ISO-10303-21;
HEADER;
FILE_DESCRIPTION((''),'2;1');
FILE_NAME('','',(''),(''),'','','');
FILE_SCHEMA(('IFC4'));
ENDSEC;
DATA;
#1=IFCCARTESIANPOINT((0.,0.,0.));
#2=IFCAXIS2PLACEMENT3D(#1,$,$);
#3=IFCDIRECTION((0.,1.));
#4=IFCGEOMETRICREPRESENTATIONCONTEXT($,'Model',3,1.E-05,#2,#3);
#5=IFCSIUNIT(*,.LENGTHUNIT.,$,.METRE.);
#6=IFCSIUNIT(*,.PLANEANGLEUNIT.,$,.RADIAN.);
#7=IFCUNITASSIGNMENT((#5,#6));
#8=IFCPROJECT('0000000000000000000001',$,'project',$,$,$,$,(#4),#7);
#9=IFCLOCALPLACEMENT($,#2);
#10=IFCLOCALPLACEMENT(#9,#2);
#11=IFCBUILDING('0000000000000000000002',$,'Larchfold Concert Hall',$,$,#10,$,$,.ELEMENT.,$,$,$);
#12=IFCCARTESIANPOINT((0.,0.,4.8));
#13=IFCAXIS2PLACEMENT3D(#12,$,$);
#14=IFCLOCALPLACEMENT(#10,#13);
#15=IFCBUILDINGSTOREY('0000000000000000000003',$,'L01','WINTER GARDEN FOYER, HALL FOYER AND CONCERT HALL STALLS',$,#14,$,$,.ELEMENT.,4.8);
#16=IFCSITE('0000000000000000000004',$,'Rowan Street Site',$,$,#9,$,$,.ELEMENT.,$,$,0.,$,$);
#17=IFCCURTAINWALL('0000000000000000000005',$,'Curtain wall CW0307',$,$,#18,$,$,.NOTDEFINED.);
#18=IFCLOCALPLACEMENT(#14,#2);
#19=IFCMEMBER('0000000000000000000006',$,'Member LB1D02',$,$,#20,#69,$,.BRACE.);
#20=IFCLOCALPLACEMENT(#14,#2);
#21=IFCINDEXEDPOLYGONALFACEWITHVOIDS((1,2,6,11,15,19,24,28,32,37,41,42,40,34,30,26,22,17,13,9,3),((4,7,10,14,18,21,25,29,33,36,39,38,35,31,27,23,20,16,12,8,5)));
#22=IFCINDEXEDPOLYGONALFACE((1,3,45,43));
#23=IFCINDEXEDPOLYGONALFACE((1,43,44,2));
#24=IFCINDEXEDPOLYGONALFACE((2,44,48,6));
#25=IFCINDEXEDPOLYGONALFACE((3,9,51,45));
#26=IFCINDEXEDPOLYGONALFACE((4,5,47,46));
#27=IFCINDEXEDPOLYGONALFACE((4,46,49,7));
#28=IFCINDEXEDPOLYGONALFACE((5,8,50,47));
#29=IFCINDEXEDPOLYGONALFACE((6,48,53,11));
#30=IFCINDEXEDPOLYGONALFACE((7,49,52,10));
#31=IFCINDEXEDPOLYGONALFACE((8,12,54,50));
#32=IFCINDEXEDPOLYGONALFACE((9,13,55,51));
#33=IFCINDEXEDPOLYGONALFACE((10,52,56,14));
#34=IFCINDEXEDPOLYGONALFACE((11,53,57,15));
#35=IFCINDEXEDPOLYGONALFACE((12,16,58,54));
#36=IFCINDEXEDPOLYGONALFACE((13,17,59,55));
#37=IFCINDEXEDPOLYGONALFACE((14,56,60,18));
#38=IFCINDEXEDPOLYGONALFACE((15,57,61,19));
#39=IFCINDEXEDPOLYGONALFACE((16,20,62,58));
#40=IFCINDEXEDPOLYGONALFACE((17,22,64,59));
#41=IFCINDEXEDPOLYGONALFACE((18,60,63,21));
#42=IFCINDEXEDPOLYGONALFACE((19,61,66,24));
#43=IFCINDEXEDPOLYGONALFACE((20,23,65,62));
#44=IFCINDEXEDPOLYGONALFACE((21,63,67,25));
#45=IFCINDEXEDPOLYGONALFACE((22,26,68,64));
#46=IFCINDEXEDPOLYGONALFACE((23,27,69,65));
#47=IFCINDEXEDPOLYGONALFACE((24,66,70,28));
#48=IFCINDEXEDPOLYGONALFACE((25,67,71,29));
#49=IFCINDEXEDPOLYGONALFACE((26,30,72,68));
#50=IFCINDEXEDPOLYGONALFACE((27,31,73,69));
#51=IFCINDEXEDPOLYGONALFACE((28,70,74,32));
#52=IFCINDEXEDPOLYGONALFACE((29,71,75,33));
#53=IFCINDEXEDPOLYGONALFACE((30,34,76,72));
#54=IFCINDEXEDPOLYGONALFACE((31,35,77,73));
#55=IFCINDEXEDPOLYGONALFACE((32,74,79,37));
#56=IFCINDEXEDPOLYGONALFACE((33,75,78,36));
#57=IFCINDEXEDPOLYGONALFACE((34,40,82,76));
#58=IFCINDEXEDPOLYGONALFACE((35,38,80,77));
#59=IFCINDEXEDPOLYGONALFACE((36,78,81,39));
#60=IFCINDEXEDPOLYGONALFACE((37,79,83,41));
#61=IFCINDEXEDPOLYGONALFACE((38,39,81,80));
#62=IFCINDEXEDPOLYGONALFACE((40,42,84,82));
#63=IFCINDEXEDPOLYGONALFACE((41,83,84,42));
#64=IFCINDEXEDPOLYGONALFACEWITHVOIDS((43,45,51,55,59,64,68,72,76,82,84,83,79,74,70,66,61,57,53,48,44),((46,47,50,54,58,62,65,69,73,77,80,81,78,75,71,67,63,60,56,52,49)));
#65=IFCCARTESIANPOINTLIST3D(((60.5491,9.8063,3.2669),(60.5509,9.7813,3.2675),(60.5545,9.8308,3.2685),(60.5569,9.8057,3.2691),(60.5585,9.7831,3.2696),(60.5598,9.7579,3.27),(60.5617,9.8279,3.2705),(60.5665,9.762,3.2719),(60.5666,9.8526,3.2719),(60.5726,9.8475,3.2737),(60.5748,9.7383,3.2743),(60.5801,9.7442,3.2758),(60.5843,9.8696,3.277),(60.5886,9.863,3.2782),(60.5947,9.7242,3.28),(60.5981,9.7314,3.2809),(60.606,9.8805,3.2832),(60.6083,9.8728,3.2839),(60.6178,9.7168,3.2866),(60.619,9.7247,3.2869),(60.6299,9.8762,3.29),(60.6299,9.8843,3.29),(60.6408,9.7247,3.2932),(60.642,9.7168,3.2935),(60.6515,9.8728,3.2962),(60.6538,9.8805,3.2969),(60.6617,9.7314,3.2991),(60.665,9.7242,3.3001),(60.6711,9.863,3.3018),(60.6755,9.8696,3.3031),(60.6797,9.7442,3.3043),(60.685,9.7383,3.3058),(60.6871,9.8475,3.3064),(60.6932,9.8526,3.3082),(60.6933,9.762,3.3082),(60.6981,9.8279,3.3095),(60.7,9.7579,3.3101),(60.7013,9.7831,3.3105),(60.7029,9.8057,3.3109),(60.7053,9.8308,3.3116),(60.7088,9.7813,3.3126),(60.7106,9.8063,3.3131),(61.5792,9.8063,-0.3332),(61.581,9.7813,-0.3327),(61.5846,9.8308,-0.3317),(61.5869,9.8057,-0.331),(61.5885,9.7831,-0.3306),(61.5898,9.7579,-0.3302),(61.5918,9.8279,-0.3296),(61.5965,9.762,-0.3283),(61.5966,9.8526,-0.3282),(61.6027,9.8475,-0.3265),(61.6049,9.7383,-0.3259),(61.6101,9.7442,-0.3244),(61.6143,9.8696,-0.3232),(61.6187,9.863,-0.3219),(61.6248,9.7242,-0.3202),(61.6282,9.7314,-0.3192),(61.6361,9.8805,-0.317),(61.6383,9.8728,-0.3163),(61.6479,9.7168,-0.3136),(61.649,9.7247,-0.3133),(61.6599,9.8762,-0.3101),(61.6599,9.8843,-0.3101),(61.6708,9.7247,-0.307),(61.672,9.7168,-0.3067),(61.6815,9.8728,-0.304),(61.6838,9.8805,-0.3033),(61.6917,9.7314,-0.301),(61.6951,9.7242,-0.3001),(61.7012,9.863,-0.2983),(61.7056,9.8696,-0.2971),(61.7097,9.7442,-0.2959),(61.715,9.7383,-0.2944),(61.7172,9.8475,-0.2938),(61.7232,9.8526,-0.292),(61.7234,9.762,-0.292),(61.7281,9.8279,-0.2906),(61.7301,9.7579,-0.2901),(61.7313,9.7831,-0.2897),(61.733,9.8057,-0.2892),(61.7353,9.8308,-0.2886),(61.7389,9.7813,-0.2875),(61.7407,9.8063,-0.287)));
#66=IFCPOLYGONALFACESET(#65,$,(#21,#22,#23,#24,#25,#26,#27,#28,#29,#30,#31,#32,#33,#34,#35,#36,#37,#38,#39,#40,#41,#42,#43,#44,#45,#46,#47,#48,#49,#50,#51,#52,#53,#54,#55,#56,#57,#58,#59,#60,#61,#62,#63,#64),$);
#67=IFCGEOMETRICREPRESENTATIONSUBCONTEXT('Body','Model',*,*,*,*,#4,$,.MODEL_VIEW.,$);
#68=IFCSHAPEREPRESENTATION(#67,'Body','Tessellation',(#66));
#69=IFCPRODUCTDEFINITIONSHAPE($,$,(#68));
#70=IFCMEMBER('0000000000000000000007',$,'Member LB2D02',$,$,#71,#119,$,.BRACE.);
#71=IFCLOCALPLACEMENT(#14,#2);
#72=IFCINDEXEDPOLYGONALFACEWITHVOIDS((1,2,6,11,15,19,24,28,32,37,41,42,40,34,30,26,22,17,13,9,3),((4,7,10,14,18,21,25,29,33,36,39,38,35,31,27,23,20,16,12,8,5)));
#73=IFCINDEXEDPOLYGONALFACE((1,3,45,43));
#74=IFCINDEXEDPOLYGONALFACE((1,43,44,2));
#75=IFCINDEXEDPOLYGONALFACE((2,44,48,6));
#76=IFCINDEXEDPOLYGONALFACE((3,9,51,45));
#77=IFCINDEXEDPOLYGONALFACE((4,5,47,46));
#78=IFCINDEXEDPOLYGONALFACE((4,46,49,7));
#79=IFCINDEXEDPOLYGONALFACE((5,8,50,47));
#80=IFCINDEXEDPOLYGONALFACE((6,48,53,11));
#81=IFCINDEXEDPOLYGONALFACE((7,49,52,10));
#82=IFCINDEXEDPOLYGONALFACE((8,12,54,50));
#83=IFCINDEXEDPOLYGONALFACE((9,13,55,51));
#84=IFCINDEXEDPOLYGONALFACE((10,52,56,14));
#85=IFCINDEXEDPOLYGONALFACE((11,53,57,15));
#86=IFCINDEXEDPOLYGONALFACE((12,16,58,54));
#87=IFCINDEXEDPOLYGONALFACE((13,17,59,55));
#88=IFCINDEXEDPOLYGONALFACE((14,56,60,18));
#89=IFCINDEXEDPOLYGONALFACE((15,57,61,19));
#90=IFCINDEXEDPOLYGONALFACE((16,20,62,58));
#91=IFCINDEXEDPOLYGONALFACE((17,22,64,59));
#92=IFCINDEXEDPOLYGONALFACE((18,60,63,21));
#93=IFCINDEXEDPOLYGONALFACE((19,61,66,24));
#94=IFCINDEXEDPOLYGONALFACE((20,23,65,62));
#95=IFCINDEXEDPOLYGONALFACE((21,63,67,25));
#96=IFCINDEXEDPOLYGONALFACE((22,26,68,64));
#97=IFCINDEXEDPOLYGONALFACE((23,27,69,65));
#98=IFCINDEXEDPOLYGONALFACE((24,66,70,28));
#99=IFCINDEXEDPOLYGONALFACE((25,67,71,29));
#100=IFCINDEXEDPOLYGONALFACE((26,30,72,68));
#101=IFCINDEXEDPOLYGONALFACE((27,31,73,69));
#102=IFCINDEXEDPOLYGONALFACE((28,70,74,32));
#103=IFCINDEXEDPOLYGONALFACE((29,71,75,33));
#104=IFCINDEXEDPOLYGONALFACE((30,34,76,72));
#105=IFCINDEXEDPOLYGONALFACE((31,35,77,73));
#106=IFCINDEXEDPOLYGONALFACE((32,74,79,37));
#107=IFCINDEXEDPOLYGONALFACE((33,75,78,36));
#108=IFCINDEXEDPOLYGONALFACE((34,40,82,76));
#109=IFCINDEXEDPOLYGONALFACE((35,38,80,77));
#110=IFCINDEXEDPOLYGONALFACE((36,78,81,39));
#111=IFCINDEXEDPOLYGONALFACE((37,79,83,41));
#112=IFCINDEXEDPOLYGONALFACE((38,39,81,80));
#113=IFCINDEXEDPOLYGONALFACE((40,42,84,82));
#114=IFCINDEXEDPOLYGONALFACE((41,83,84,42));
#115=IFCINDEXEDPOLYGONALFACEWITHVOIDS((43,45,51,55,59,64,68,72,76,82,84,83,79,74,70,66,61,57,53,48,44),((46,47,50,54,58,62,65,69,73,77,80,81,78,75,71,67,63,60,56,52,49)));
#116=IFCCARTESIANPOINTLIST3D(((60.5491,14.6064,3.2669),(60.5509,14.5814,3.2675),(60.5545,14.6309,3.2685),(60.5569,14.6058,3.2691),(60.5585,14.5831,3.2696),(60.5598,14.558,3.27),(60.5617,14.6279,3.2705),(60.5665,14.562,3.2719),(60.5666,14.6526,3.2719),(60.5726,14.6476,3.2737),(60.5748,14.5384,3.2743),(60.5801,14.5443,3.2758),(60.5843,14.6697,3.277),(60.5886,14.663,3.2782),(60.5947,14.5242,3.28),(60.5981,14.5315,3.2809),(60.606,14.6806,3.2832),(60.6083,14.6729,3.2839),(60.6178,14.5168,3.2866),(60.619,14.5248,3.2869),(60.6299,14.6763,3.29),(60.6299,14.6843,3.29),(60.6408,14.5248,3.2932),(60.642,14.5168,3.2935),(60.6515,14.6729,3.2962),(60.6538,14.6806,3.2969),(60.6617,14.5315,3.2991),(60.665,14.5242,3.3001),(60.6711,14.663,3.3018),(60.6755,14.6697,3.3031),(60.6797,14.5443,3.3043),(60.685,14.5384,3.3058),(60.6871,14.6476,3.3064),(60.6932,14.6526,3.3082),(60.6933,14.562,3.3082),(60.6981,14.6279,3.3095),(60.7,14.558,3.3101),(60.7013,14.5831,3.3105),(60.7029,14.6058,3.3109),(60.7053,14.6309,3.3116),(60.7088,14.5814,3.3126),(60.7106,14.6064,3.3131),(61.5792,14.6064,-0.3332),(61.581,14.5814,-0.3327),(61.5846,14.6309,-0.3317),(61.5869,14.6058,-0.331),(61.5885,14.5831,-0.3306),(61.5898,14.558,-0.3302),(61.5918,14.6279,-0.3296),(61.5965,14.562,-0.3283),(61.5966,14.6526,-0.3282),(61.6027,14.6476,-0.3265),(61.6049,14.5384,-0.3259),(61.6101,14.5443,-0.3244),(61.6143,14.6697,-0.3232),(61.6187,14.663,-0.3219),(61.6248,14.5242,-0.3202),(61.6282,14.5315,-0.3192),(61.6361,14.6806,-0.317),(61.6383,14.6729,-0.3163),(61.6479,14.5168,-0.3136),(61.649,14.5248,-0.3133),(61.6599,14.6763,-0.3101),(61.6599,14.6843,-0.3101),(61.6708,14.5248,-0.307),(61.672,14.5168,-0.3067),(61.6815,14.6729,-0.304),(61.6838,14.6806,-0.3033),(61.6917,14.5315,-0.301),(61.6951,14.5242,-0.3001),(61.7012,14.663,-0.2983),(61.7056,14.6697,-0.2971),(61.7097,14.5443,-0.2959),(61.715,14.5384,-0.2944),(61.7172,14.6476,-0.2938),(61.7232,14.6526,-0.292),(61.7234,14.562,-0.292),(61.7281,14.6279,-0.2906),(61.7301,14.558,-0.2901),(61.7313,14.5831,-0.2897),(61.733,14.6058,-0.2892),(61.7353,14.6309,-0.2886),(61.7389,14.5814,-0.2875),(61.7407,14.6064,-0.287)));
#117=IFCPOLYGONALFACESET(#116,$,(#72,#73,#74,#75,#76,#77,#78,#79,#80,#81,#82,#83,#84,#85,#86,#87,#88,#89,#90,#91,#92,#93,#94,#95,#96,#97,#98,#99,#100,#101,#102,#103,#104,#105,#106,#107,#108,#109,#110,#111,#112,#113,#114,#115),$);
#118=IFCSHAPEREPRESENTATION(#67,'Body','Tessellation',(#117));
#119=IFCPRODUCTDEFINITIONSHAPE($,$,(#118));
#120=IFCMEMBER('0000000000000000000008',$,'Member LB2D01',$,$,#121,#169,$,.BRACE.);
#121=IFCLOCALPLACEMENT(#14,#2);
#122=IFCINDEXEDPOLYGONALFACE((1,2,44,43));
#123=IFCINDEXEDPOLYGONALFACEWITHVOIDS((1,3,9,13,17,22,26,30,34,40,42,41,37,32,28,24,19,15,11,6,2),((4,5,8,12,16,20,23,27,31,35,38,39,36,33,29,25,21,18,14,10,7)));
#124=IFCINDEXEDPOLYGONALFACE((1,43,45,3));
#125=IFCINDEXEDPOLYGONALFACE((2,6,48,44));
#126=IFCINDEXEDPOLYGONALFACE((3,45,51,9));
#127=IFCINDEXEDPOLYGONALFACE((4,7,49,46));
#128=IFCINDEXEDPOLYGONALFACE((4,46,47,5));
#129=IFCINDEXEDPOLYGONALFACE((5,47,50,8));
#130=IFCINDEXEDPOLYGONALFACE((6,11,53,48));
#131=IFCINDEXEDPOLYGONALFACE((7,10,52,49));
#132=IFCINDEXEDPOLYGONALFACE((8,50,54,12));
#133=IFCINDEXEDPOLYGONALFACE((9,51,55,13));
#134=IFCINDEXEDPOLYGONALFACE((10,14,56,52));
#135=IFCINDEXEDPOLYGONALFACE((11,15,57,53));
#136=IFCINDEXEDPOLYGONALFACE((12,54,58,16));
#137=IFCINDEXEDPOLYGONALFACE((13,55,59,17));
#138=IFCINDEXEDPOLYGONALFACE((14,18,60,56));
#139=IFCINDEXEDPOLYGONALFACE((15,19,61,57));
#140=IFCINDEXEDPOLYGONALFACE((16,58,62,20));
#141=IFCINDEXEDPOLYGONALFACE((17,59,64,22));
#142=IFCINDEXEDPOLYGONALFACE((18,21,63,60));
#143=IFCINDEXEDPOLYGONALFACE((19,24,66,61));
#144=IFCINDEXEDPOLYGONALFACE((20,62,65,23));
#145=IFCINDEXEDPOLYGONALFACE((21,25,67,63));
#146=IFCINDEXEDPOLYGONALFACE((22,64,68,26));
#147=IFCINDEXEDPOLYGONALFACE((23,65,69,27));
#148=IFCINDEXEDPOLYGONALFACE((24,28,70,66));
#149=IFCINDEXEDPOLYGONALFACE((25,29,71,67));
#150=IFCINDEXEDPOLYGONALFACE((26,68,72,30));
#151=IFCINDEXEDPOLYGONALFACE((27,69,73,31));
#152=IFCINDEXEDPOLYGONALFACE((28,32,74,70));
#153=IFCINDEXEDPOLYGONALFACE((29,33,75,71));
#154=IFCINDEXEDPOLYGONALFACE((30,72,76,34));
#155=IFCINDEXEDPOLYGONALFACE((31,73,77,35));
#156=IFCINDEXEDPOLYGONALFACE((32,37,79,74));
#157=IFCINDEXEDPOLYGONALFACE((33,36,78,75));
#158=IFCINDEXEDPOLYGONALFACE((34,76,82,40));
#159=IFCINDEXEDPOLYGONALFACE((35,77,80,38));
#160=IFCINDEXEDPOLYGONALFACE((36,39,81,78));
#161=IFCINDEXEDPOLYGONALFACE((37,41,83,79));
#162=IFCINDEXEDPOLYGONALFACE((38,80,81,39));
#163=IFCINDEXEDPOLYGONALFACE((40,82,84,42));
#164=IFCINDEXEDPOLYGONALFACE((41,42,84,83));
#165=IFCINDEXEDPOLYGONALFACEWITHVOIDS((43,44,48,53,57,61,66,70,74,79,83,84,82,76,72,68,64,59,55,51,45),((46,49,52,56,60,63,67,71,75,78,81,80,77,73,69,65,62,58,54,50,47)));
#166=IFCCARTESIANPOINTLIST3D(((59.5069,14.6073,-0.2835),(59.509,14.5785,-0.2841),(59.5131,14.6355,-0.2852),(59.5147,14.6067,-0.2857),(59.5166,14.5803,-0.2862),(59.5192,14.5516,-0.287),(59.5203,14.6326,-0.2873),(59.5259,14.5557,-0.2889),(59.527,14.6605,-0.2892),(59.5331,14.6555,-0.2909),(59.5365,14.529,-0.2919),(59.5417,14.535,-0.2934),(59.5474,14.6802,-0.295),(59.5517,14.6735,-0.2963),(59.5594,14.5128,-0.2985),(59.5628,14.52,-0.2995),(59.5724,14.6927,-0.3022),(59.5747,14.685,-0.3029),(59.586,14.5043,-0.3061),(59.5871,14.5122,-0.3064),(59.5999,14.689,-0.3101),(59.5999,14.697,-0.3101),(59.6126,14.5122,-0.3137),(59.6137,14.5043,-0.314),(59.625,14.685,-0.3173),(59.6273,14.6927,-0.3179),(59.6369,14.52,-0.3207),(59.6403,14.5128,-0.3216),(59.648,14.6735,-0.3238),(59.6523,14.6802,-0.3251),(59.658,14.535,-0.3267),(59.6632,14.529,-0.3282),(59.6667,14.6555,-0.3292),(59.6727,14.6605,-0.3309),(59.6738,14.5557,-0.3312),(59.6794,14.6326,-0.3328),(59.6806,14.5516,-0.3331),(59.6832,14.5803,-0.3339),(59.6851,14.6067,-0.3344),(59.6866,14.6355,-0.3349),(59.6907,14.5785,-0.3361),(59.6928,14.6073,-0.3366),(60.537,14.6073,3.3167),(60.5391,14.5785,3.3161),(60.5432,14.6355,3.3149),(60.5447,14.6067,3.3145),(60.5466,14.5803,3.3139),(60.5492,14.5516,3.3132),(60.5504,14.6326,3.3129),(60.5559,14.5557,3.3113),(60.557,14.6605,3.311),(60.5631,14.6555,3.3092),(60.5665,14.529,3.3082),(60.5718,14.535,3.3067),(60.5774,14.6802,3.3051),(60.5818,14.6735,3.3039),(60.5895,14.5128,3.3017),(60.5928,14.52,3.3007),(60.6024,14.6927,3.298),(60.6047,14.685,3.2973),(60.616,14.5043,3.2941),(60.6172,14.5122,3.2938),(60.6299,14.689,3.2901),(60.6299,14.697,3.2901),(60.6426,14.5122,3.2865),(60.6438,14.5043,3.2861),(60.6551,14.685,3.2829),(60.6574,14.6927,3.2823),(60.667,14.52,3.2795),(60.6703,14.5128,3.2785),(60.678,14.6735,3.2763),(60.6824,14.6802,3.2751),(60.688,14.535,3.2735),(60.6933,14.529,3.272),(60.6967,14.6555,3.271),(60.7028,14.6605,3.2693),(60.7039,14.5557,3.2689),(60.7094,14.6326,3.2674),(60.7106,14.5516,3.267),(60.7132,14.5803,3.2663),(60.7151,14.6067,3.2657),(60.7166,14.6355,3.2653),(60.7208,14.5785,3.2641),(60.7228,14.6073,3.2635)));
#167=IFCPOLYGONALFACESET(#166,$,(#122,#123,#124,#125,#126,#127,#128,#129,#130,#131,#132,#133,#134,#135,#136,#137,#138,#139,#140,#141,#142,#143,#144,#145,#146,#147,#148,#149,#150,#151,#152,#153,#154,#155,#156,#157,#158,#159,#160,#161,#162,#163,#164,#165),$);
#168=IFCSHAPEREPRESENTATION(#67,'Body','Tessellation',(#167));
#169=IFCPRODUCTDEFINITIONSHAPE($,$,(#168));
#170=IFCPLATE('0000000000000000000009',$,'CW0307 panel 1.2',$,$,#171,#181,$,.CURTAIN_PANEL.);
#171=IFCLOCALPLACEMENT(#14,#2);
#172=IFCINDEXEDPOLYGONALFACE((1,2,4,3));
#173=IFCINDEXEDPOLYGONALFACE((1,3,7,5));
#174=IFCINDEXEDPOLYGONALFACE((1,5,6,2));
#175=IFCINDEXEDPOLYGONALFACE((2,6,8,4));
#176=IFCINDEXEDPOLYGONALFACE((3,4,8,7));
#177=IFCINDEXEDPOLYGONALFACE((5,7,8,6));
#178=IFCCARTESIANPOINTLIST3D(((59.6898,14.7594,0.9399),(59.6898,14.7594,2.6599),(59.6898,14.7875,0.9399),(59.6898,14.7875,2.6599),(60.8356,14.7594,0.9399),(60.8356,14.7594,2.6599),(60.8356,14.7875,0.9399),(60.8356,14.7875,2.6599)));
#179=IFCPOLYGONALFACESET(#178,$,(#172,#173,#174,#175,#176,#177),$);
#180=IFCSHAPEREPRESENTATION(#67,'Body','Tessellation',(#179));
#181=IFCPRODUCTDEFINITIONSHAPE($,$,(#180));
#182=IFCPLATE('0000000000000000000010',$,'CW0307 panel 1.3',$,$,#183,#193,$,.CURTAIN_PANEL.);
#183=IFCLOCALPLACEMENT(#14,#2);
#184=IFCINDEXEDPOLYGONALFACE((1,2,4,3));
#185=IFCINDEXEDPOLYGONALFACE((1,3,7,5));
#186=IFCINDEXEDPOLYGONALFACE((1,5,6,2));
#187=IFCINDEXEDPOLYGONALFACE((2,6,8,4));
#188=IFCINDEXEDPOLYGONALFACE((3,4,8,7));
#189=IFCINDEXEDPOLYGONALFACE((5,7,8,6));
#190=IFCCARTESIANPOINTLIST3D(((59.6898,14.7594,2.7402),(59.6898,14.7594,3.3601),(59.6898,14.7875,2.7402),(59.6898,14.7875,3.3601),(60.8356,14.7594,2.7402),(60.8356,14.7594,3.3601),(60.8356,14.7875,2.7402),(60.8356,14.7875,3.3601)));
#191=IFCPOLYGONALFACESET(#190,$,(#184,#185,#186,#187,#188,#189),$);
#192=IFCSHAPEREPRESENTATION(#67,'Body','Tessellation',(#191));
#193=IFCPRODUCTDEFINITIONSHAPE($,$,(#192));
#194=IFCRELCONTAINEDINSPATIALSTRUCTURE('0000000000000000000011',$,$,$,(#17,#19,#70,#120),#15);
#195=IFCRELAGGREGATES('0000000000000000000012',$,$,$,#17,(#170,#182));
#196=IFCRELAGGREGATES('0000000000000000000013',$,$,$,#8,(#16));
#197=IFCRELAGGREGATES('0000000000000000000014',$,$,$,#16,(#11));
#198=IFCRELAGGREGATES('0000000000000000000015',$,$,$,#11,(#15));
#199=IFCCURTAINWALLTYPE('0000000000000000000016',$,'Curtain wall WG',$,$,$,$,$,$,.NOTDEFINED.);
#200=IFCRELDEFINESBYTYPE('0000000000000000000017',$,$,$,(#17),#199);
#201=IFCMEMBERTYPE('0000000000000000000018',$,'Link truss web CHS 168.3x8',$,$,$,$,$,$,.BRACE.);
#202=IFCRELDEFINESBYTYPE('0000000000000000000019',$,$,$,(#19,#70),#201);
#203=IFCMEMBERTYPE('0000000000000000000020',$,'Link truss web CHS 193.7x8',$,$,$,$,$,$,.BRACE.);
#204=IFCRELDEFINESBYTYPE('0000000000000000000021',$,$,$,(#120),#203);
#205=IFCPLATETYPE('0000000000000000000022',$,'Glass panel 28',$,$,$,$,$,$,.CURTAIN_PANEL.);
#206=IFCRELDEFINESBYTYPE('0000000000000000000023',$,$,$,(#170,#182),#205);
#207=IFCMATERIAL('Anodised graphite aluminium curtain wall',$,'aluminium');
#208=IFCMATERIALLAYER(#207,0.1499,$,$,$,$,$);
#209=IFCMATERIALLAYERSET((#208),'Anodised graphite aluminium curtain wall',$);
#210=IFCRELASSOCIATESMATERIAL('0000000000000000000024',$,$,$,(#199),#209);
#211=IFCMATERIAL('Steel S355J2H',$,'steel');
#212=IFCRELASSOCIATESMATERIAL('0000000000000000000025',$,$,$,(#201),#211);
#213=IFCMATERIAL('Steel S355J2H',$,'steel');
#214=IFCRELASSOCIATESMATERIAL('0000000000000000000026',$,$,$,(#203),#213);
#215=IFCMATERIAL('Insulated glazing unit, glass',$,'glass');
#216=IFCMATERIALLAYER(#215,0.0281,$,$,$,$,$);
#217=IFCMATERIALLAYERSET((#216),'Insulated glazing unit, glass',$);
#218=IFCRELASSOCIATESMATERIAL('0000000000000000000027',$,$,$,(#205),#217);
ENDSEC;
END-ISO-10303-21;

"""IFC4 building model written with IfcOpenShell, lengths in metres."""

from ifc_helpers import new_model, si_unit, direction, frame, origin, origin_2d, place, context, subcontext, project, spatial, rectangle, hollow_circle, extrude, material, layer, layer_set, material_profile, profile_set, type_object, element, aggregate, save


model = new_model("IFC4")

# Units and contexts
model_context = context("Model", 3, precision=1e-05, world=origin(), true_north=direction((0.0, 1.0)))
body_context = subcontext(model_context, "Body", "Model", "MODEL_VIEW")
ifc_project = project(units=[si_unit("LENGTHUNIT", "METRE"), si_unit("PLANEANGLEUNIT", "RADIAN")], contexts=[model_context])

# Site, building, storey
site_placement = place(None, origin())
site = spatial("IfcSite", under=ifc_project, at=site_placement, Name="Rowan Street Site", CompositionType="ELEMENT", RefElevation=0.0)
building_placement = place(site_placement, origin())
building = spatial("IfcBuilding", under=site, at=building_placement, Name="Larchfold Concert Hall", CompositionType="ELEMENT")
storey_placement = place(building_placement, frame((0.0, 0.0, 4.8)))
storey = spatial("IfcBuildingStorey", under=building, at=storey_placement, Name="L01", Description="WINTER GARDEN FOYER, HALL FOYER AND CONCERT HALL STALLS", CompositionType="ELEMENT", Elevation=4.8)

# Curtain wall
ifc_material_1 = material(Name="Anodised graphite aluminium curtain wall", Category="aluminium")
ifc_layer_1 = layer(ifc_material_1, 0.1499)
ifc_layer_set_1 = layer_set([ifc_layer_1], Name="Anodised graphite aluminium curtain wall")
curtain_wall_type = type_object("IfcCurtainWallType", Name="Curtain wall WG", PredefinedType="NOTDEFINED", material=ifc_layer_set_1)
curtain_wall_placement = place(storey_placement, origin())
curtain_wall = element("IfcCurtainWall", 1, at=curtain_wall_placement, inside=storey, type_object=curtain_wall_type, Name="Curtain wall CW0307", PredefinedType="NOTDEFINED")

# Members
ifc_material_2 = material(Name="Steel S355J2H", Category="steel")
ifc_material_profile_1 = material_profile(ifc_material_2, hollow_circle(Radius=0.0842, WallThickness=0.0081, at=origin_2d()))
ifc_profile_set_1 = profile_set([ifc_material_profile_1], Name="Steel S355J2H")
member_type_1 = type_object("IfcMemberType", Name="Link truss web CHS 168.3x8", PredefinedType="BRACE", material=ifc_profile_set_1)
for number, where, z_axis, x_axis, name in (
    (2, (60.6299, 9.8, 3.29), (0.275074, 0.0, -0.961423), (0.0, 1.0, 0.0), "Member LB1D02"),
    (3, (60.6299, 14.6001, 3.29), (0.275074, 0.0, -0.961423), (0.0, 1.0, 0.0), "Member LB2D02"),
):
    element("IfcMember", number, at=place(storey_placement, frame(where, z_axis=z_axis, x_axis=x_axis)), inside=storey, type_object=member_type_1, Name=name, PredefinedType="BRACE", context=body_context, shape_type="SweptSolid", body=[
        extrude(hollow_circle(Radius=0.0842, WallThickness=0.0081, at=origin_2d()), origin(), (0.0, 0.0, 1.0), 3.7446),
    ])
ifc_material_3 = material(Name="Steel S355J2H", Category="steel")
ifc_material_profile_2 = material_profile(ifc_material_3, hollow_circle(Radius=0.0969, WallThickness=0.0081, at=origin_2d()))
ifc_profile_set_2 = profile_set([ifc_material_profile_2], Name="Steel S355J2H")
member_type_2 = type_object("IfcMemberType", Name="Link truss web CHS 193.7x8", PredefinedType="BRACE", material=ifc_profile_set_2)
member_1_placement = place(storey_placement, frame((59.5999, 14.6001, -0.3101), z_axis=(0.275074, 0.0, 0.961423), x_axis=(0.0, 1.0, 0.0)))
element("IfcMember", 4, at=member_1_placement, inside=storey, type_object=member_type_2, Name="Member LB2D01", PredefinedType="BRACE", context=body_context, shape_type="SweptSolid", body=[
    extrude(hollow_circle(Radius=0.0969, WallThickness=0.0081, at=origin_2d()), origin(), (0.0, 0.0, 1.0), 3.7446),
])

# Plates
ifc_material_4 = material(Name="Insulated glazing unit, glass", Category="glass")
ifc_layer_2 = layer(ifc_material_4, 0.0281)
ifc_layer_set_2 = layer_set([ifc_layer_2], Name="Insulated glazing unit, glass")
plate_type_1 = type_object("IfcPlateType", Name="Glass panel 28", PredefinedType="CURTAIN_PANEL", material=ifc_layer_set_2)
plate_1_placement = place(storey_placement, frame((60.2627, 14.7734, 0.9399), z_axis=(0.0, 0.0, 1.0), x_axis=(1.0, 0.0, 0.0)))
plate_1 = element("IfcPlate", 5, at=plate_1_placement, type_object=plate_type_1, Name="CW0307 panel 1.2", PredefinedType="CURTAIN_PANEL", context=body_context, shape_type="SweptSolid", body=[
    extrude(rectangle(XDim=1.1458, YDim=0.0281, at=origin_2d()), origin(), (0.0, 0.0, 1.0), 1.72),
])
plate_2_placement = place(storey_placement, frame((60.2627, 14.7734, 2.7402), z_axis=(0.0, 0.0, 1.0), x_axis=(1.0, 0.0, 0.0)))
plate_2 = element("IfcPlate", 6, at=plate_2_placement, type_object=plate_type_1, Name="CW0307 panel 1.3", PredefinedType="CURTAIN_PANEL", context=body_context, shape_type="SweptSolid", body=[
    extrude(rectangle(XDim=1.1458, YDim=0.0281, at=origin_2d()), origin(), (0.0, 0.0, 1.0), 0.6199),
])
aggregate(curtain_wall, [plate_1, plate_2])

save(model, "model.ifc")
